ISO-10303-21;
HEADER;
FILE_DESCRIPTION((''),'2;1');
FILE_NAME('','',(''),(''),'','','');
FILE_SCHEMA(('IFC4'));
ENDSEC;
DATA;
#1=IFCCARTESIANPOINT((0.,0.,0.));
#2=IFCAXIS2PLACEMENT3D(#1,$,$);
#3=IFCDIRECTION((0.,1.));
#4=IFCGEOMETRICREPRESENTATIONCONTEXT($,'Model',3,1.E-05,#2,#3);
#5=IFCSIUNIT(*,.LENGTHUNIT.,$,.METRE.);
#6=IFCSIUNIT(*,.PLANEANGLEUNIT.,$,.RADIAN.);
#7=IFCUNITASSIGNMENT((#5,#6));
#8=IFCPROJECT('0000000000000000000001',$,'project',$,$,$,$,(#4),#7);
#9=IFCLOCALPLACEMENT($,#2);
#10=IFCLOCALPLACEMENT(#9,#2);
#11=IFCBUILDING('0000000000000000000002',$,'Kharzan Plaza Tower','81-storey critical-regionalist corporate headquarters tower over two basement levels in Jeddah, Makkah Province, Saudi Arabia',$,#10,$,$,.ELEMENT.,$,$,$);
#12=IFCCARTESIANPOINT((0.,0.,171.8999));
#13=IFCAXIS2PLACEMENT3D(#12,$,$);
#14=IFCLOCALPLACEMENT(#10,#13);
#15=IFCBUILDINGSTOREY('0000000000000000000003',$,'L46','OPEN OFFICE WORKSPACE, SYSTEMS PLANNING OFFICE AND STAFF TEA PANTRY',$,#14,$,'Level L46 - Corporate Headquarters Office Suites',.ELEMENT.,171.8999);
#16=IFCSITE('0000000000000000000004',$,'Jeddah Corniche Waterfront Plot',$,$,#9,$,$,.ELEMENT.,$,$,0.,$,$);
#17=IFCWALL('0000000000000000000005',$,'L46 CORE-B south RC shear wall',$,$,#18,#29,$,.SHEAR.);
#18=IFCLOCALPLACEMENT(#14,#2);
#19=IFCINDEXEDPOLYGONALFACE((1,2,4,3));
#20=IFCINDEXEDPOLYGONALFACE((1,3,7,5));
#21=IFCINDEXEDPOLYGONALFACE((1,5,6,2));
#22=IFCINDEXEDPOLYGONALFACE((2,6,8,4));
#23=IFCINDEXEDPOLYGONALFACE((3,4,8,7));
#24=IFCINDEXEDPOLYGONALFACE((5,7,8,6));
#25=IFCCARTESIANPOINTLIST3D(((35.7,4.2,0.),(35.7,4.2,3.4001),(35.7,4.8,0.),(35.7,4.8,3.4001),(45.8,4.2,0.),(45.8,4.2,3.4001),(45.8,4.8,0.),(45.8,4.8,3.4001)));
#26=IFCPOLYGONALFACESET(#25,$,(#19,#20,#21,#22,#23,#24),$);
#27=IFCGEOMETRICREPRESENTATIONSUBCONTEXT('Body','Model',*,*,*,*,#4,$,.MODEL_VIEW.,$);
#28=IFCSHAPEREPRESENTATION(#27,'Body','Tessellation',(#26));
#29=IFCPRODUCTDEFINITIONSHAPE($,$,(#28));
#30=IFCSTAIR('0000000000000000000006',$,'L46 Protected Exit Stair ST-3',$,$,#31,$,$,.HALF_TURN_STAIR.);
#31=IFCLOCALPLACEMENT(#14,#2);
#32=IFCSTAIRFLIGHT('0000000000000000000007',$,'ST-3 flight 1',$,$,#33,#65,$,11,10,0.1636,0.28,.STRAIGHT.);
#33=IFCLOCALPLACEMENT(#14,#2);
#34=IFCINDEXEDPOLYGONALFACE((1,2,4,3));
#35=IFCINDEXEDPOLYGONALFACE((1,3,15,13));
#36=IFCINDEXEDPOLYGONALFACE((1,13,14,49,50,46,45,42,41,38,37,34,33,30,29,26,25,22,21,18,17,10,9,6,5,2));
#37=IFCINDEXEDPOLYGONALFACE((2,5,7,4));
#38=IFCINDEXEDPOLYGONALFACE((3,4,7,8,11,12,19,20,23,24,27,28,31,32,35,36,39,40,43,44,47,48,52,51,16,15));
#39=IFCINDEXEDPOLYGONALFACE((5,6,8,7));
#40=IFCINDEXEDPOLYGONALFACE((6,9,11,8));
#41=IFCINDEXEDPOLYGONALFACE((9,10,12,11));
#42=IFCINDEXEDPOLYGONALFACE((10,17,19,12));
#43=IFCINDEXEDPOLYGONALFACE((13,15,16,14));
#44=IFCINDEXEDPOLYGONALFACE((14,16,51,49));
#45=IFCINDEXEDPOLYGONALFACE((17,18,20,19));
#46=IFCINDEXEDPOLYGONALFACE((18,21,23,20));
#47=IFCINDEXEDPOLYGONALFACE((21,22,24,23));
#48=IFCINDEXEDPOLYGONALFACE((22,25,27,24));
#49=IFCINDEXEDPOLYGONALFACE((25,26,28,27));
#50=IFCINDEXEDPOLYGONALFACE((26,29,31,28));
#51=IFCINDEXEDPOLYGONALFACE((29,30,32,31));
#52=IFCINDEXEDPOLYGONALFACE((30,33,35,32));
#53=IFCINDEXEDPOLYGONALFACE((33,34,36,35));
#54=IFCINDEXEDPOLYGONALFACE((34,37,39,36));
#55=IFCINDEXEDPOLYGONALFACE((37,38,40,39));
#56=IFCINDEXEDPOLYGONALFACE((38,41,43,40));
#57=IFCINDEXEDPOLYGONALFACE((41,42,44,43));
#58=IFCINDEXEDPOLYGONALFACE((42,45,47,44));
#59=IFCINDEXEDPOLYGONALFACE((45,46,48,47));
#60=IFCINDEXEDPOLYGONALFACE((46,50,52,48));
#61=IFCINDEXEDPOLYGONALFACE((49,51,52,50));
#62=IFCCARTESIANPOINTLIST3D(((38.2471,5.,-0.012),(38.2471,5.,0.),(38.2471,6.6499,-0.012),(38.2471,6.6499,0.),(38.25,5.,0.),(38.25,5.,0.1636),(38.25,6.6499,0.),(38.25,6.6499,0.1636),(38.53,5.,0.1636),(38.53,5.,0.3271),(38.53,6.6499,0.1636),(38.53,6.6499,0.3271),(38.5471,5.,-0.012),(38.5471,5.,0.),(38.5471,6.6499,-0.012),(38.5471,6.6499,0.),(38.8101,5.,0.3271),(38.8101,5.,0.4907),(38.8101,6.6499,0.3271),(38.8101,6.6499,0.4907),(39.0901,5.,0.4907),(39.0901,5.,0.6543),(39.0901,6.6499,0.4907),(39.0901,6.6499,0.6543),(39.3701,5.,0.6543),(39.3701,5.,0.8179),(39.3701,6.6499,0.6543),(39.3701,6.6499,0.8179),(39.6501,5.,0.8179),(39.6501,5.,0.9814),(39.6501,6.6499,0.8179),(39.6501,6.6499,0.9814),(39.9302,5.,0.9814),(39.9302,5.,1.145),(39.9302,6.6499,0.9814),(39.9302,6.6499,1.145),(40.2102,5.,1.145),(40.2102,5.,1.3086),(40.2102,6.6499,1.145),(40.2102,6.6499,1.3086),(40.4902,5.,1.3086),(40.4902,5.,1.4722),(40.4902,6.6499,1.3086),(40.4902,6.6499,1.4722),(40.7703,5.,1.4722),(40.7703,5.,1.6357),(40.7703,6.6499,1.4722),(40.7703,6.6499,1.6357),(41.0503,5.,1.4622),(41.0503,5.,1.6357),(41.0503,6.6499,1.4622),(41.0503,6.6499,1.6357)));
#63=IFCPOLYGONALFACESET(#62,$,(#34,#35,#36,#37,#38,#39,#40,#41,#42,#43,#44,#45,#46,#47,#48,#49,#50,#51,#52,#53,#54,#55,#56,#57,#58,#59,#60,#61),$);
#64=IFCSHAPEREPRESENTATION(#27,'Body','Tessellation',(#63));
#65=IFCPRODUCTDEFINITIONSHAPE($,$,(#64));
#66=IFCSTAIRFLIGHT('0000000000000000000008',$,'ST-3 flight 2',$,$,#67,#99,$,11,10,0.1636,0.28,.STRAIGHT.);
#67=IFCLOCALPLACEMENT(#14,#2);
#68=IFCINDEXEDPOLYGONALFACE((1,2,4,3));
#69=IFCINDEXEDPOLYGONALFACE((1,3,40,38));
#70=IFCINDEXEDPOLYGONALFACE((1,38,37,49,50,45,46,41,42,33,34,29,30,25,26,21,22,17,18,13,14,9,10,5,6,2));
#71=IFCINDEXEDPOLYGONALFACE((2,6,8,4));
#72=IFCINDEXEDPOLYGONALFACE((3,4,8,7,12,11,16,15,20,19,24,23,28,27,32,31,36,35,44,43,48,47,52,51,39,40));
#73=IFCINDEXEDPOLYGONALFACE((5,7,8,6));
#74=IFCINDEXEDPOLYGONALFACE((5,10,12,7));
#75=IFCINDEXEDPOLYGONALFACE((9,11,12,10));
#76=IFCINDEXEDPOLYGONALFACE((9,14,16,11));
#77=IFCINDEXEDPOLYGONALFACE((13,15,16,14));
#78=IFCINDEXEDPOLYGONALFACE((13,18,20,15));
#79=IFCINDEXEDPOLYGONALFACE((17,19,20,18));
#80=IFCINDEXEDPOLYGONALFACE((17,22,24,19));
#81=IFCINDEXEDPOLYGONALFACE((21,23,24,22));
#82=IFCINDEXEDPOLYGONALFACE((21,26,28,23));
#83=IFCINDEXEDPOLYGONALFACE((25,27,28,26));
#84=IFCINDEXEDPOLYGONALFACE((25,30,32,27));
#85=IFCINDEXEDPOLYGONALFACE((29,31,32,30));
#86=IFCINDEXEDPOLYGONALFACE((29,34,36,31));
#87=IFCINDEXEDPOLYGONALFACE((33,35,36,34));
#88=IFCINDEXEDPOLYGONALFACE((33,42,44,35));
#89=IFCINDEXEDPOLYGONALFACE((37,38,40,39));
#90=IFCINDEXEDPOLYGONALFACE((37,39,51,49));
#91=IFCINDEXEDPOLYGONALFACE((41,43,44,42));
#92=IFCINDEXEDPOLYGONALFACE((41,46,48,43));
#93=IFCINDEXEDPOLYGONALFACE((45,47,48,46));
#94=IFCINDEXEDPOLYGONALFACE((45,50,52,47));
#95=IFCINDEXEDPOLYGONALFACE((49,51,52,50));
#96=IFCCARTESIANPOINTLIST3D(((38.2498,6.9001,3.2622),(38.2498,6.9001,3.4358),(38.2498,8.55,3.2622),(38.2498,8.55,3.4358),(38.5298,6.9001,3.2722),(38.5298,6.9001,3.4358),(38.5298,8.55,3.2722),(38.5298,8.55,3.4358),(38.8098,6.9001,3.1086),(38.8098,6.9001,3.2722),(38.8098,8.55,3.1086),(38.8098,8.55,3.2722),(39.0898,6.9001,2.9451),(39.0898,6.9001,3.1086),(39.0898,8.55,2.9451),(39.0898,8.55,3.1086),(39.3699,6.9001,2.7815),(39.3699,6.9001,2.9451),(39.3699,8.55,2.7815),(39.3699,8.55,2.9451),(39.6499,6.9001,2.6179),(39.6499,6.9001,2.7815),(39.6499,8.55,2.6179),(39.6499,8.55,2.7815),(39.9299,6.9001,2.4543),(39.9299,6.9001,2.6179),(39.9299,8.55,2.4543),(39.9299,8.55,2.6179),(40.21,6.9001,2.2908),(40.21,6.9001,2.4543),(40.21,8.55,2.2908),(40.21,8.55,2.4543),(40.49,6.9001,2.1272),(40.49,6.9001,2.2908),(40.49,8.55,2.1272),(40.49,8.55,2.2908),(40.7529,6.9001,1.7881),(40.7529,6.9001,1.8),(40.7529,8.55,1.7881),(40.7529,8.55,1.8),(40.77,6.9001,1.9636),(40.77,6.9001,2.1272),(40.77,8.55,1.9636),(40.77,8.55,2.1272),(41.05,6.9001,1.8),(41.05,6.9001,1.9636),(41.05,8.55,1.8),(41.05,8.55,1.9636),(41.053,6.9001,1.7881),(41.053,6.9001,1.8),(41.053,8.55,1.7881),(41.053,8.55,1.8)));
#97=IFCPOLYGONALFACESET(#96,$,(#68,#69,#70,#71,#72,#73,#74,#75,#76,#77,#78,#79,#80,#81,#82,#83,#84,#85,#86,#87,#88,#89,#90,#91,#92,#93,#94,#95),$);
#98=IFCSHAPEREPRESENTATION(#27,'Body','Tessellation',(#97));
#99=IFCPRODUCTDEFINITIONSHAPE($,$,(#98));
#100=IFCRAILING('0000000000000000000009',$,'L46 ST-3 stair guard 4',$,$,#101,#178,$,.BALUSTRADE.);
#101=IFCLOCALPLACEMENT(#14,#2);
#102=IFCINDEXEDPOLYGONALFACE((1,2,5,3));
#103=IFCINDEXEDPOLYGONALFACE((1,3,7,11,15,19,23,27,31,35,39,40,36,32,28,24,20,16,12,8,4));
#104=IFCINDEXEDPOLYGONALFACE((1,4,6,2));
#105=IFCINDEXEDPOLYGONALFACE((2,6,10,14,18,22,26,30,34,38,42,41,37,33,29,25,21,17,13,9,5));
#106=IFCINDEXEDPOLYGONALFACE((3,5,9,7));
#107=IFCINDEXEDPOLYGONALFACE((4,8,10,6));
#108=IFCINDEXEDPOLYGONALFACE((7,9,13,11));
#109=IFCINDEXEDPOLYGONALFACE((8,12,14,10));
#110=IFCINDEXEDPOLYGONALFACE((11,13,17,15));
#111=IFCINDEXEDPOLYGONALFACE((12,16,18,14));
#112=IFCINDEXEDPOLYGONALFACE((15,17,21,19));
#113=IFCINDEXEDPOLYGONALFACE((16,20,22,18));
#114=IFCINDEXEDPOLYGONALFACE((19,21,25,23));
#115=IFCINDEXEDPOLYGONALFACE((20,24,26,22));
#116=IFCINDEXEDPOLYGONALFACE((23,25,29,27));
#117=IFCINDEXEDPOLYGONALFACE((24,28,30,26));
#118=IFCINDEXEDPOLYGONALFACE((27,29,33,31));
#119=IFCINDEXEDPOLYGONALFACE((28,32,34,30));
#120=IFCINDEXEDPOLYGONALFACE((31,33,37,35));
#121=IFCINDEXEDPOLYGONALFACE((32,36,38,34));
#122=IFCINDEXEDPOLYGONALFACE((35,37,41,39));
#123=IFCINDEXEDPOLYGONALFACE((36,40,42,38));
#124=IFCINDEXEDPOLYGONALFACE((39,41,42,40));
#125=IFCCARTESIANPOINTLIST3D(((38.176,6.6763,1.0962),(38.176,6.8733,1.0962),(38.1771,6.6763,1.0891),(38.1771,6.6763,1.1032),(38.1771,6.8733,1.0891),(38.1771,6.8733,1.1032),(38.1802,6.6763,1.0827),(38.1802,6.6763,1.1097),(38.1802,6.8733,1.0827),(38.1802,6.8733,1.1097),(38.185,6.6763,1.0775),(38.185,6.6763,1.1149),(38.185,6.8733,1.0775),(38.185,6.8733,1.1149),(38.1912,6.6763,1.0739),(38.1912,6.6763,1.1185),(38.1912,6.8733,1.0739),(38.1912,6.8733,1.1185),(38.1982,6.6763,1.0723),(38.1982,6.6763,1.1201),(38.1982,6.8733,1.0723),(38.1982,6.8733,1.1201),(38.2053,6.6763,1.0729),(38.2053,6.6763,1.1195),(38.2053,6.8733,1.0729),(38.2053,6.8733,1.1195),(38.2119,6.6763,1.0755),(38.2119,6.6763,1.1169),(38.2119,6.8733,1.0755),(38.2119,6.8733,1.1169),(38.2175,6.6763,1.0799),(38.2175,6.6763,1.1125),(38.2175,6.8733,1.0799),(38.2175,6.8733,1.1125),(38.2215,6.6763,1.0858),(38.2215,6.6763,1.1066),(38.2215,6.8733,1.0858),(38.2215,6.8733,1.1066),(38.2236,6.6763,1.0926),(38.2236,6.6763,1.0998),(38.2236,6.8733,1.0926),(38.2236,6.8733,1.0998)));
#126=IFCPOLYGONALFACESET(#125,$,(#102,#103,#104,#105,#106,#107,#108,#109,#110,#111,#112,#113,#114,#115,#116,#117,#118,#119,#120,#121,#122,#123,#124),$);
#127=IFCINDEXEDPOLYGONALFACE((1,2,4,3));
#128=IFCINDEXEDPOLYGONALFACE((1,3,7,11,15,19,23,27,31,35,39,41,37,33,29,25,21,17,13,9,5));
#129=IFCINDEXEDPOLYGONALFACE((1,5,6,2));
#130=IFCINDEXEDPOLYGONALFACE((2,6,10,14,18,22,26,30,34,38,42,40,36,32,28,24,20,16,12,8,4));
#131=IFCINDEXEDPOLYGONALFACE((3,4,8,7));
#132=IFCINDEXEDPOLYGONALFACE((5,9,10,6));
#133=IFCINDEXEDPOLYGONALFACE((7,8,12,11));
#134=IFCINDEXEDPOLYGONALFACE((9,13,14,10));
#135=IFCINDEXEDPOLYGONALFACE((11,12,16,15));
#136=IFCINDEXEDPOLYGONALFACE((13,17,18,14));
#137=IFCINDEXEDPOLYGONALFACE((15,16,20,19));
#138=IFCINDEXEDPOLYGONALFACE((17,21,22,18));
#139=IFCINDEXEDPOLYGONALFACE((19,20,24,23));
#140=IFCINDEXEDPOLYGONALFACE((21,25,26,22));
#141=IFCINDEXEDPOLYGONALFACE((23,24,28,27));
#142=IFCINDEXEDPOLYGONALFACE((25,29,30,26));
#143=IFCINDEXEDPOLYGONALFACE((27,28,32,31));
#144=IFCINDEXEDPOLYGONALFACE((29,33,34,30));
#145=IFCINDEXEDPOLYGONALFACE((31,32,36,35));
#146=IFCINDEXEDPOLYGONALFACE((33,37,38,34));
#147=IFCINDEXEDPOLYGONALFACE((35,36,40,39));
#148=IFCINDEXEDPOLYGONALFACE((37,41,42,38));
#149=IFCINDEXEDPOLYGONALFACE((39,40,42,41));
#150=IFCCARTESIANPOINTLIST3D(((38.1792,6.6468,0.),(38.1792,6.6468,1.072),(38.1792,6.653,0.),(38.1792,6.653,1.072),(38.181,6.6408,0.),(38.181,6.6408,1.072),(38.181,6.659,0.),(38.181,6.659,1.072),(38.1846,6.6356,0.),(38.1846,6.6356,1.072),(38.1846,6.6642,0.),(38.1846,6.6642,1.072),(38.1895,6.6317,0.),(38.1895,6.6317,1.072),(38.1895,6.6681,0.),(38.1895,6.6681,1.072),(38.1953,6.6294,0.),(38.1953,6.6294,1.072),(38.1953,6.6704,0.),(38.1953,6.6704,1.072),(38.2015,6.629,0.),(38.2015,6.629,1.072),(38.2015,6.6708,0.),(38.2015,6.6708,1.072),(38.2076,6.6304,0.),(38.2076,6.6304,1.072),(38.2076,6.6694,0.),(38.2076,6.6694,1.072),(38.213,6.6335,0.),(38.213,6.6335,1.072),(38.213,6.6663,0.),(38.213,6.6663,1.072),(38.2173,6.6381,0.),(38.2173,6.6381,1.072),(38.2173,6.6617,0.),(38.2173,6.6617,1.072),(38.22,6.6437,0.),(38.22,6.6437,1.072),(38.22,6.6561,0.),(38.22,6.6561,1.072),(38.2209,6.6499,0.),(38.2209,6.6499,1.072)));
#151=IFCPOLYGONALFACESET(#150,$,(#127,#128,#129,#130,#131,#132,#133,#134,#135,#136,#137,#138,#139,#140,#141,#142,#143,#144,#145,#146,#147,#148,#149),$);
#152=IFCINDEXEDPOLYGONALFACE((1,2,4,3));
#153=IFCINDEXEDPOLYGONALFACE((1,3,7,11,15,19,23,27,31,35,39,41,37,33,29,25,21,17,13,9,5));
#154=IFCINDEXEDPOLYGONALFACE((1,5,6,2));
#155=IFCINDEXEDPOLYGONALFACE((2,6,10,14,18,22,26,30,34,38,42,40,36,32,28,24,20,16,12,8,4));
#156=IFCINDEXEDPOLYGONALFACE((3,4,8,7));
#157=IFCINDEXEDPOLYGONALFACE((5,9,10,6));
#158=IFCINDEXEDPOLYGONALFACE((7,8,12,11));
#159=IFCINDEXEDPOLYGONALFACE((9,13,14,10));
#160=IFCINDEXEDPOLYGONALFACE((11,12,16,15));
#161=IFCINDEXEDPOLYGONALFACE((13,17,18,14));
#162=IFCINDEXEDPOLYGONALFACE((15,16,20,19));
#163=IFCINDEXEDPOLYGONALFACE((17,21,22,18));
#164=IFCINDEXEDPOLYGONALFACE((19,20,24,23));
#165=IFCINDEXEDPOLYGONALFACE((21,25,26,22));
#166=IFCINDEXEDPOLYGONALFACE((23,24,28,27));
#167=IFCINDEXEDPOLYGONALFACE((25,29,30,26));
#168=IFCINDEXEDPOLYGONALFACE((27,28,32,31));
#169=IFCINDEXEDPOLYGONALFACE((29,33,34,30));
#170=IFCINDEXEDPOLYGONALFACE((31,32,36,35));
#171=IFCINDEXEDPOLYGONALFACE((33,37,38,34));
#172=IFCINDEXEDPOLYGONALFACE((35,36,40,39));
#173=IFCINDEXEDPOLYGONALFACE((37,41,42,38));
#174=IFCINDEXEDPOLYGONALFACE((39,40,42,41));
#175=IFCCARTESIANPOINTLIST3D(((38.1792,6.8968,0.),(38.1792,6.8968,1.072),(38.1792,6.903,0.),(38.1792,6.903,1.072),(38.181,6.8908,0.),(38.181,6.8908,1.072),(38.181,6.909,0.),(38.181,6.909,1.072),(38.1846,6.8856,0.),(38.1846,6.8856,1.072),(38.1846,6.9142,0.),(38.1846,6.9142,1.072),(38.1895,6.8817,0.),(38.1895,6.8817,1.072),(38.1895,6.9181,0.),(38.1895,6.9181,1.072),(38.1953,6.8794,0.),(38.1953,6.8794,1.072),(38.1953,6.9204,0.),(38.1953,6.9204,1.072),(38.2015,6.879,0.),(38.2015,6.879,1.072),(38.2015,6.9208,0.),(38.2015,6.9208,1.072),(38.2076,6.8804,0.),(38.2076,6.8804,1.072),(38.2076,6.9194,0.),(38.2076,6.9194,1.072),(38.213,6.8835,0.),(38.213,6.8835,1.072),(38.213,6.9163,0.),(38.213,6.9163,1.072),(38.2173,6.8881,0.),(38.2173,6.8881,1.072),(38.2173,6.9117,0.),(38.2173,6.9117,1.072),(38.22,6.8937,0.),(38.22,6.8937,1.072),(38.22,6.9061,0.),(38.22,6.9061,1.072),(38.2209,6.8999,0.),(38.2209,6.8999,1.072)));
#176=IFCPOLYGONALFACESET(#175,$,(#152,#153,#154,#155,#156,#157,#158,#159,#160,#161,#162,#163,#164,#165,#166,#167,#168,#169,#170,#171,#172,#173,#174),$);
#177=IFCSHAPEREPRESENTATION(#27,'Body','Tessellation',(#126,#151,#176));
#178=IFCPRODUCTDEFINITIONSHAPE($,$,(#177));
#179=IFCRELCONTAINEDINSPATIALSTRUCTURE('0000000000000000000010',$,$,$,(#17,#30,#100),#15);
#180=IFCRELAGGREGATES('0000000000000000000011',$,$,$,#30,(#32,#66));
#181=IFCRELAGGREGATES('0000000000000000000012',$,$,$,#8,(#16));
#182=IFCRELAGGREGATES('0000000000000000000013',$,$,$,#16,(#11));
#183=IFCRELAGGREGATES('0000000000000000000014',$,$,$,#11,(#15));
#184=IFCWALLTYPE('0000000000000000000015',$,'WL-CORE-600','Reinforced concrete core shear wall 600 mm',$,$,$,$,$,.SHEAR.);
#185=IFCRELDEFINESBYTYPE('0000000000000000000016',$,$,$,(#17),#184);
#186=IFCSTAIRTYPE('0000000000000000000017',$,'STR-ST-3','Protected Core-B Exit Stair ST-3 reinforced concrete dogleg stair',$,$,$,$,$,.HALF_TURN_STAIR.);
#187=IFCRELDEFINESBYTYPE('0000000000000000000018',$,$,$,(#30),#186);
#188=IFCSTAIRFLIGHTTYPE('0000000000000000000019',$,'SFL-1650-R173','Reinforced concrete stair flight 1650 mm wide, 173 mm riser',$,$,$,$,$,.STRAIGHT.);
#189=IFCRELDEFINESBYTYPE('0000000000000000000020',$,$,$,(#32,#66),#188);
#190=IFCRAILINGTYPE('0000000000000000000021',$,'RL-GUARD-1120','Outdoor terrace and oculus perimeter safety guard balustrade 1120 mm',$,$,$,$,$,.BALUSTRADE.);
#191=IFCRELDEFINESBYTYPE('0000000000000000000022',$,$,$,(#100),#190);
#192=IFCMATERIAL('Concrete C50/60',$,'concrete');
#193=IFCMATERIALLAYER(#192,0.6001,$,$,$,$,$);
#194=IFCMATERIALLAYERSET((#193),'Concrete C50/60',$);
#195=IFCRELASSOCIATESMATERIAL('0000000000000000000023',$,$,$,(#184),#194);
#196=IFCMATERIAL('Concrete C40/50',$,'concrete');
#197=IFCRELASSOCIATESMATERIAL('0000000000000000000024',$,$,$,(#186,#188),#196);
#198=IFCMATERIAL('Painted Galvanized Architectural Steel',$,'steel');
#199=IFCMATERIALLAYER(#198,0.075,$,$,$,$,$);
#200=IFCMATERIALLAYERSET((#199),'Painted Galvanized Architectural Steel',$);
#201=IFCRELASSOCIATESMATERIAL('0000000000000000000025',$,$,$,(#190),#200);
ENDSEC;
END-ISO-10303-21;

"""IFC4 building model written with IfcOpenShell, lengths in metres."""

from ifc_helpers import new_model, si_unit, direction, frame, frame_2d, origin, origin_2d, place, context, subcontext, project, spatial, polyline, rectangle, circle, outline, extrude, source, transform, mapped, material, layer, layer_set, type_object, element, aggregate, save


model = new_model("IFC4")

# Units and contexts
model_context = context("Model", 3, precision=1e-05, world=origin(), true_north=direction((0.0, 1.0)))
body_context = subcontext(model_context, "Body", "Model", "MODEL_VIEW")
ifc_project = project(units=[si_unit("LENGTHUNIT", "METRE"), si_unit("PLANEANGLEUNIT", "RADIAN")], contexts=[model_context])

# Site, building, storey
site_placement = place(None, origin())
site = spatial("IfcSite", under=ifc_project, at=site_placement, Name="Jeddah Corniche Waterfront Plot", CompositionType="ELEMENT", RefElevation=0.0)
building_placement = place(site_placement, origin())
building = spatial("IfcBuilding", under=site, at=building_placement, Name="Kharzan Plaza Tower", Description="81-storey critical-regionalist corporate headquarters tower over two basement levels in Jeddah, Makkah Province, Saudi Arabia", CompositionType="ELEMENT")
storey_placement = place(building_placement, frame((0.0, 0.0, 171.8999)))
storey = spatial("IfcBuildingStorey", under=building, at=storey_placement, Name="L46", Description="OPEN OFFICE WORKSPACE, SYSTEMS PLANNING OFFICE AND STAFF TEA PANTRY", LongName="Level L46 - Corporate Headquarters Office Suites", CompositionType="ELEMENT", Elevation=171.8999)

# Shared definitions
ifc_material_1 = material(Name="Concrete C50/60", Category="concrete")

# Shared definitions
ifc_material_2 = material(Name="Concrete C40/50", Category="concrete")

# Wall
ifc_layer_1 = layer(ifc_material_1, 0.6001)
ifc_layer_set_1 = layer_set([ifc_layer_1], Name="Concrete C50/60")
wall_type_1 = type_object("IfcWallType", Name="WL-CORE-600", Description="Reinforced concrete core shear wall 600 mm", PredefinedType="SHEAR", material=ifc_layer_set_1)
shared_shape_1 = source(origin(), body_context, "Body", "SweptSolid", [
    extrude(rectangle(XDim=10.1001, YDim=0.6001, at=frame_2d((5.05, 0.0))), origin(), (0.0, 0.0, 1.0), 3.4001),
])
wall_1_placement = place(storey_placement, frame((35.7, 4.5, 0.0), z_axis=(0.0, 0.0, 1.0), x_axis=(1.0, 0.0, 0.0)))
element("IfcWall", 1, at=wall_1_placement, inside=storey, type_object=wall_type_1, Name="L46 CORE-B south RC shear wall", PredefinedType="SHEAR", context=body_context, shape_type="MappedRepresentation", body=[
    mapped(shared_shape_1, transform((0.0, 0.0, 0.0), x_axis=(1.0, 0.0, 0.0), y_axis=(0.0, 1.0, 0.0), z_axis=(0.0, 0.0, 1.0))),
])

# Stair, stair flights
stair_type = type_object("IfcStairType", Name="STR-ST-3", Description="Protected Core-B Exit Stair ST-3 reinforced concrete dogleg stair", PredefinedType="HALF_TURN_STAIR", material=ifc_material_2)
stair_placement = place(storey_placement, origin())
stair = element("IfcStair", 2, at=stair_placement, inside=storey, type_object=stair_type, Name="L46 Protected Exit Stair ST-3", PredefinedType="HALF_TURN_STAIR")
stair_flight_type = type_object("IfcStairFlightType", Name="SFL-1650-R173", Description="Reinforced concrete stair flight 1650 mm wide, 173 mm riser", PredefinedType="STRAIGHT", material=ifc_material_2)
shared_shape_2 = source(origin(), body_context, "Body", "SweptSolid", [
    extrude(outline(polyline([(-0.0029, -0.012), (-0.0029, 0.0), (0.0, 0.0), (0.0, 0.1636), (0.28, 0.1636), (0.28, 0.3271), (0.5601, 0.3271), (0.5601, 0.4907), (0.8401, 0.4907), (0.8401, 0.6543), (1.1201, 0.6543), (1.1201, 0.8179), (1.4001, 0.8179), (1.4001, 0.9814), (1.6802, 0.9814), (1.6802, 1.145), (1.9602, 1.145), (1.9602, 1.3086), (2.2402, 1.3086), (2.2402, 1.4722), (2.5203, 1.4722), (2.5203, 1.6357), (2.8003, 1.6357), (2.8003, 1.7993), (2.8003, 1.4622), (0.2971, 0.0), (0.2971, -0.012), (-0.0029, -0.012)])), frame((0.0, 0.825, 0.0), z_axis=(0.0, -1.0, 0.0), x_axis=(1.0, 0.0, 0.0)), (0.0, 0.0, 1.0), 1.6499),
])
stair_flight_1_placement = place(storey_placement, frame((38.25, 5.825, 0.0), z_axis=(0.0, 0.0, 1.0), x_axis=(1.0, 0.0, 0.0)))
stair_flight_1 = element("IfcStairFlight", 3, at=stair_flight_1_placement, type_object=stair_flight_type, Name="ST-3 flight 1", NumberOfRisers=11, NumberOfTreads=10, PredefinedType="STRAIGHT", RiserHeight=0.1636, TreadLength=0.28, context=body_context, shape_type="MappedRepresentation", body=[
    mapped(shared_shape_2, transform((0.0, 0.0, 0.0), x_axis=(1.0, 0.0, 0.0), y_axis=(0.0, 1.0, 0.0), z_axis=(0.0, 0.0, 1.0))),
])
stair_flight_2_placement = place(storey_placement, frame((41.05, 7.7251, 1.8), z_axis=(0.0, 0.0, 1.0), x_axis=(-1.0, 0.0, 0.0)))
stair_flight_2 = element("IfcStairFlight", 4, at=stair_flight_2_placement, type_object=stair_flight_type, Name="ST-3 flight 2", NumberOfRisers=11, NumberOfTreads=10, PredefinedType="STRAIGHT", RiserHeight=0.1636, TreadLength=0.28, context=body_context, shape_type="MappedRepresentation", body=[
    mapped(shared_shape_2, transform((0.0, 0.0, 0.0), x_axis=(1.0, 0.0, 0.0), y_axis=(0.0, 1.0, 0.0), z_axis=(0.0, 0.0, 1.0))),
])
aggregate(stair, [stair_flight_1, stair_flight_2])

# Railing
ifc_material_3 = material(Name="Painted Galvanized Architectural Steel", Category="steel")
ifc_layer_2 = layer(ifc_material_3, 0.075)
ifc_layer_set_2 = layer_set([ifc_layer_2], Name="Painted Galvanized Architectural Steel")
railing_type_1 = type_object("IfcRailingType", Name="RL-GUARD-1120", Description="Outdoor terrace and oculus perimeter safety guard balustrade 1120 mm", PredefinedType="BALUSTRADE", material=ifc_layer_set_2)
shared_shape_3 = source(origin(), body_context, "Body", "SweptSolid", [
    extrude(circle(Radius=0.0239, at=origin_2d()), frame((0.0, 0.0264, 1.0962), z_axis=(0.0, 1.0, 0.0), x_axis=(-1.0, 0.0, 0.0)), (0.0, 0.0, 1.0), 0.197),
    extrude(circle(Radius=0.021, at=origin_2d()), origin(), (0.0, 0.0, 1.0), 1.072),
    extrude(circle(Radius=0.021, at=origin_2d()), frame((0.0, 0.25, 0.0)), (0.0, 0.0, 1.0), 1.072),
])
railing_1_placement = place(storey_placement, frame((38.2, 6.6499, 0.0)))
element("IfcRailing", 5, at=railing_1_placement, inside=storey, type_object=railing_type_1, Name="L46 ST-3 stair guard 4", PredefinedType="BALUSTRADE", context=body_context, shape_type="MappedRepresentation", body=[
    mapped(shared_shape_3, transform((0.0, 0.0, 0.0), x_axis=(1.0, 0.0, 0.0), y_axis=(0.0, 1.0, 0.0), z_axis=(0.0, 0.0, 1.0))),
])

save(model, "model.ifc")
